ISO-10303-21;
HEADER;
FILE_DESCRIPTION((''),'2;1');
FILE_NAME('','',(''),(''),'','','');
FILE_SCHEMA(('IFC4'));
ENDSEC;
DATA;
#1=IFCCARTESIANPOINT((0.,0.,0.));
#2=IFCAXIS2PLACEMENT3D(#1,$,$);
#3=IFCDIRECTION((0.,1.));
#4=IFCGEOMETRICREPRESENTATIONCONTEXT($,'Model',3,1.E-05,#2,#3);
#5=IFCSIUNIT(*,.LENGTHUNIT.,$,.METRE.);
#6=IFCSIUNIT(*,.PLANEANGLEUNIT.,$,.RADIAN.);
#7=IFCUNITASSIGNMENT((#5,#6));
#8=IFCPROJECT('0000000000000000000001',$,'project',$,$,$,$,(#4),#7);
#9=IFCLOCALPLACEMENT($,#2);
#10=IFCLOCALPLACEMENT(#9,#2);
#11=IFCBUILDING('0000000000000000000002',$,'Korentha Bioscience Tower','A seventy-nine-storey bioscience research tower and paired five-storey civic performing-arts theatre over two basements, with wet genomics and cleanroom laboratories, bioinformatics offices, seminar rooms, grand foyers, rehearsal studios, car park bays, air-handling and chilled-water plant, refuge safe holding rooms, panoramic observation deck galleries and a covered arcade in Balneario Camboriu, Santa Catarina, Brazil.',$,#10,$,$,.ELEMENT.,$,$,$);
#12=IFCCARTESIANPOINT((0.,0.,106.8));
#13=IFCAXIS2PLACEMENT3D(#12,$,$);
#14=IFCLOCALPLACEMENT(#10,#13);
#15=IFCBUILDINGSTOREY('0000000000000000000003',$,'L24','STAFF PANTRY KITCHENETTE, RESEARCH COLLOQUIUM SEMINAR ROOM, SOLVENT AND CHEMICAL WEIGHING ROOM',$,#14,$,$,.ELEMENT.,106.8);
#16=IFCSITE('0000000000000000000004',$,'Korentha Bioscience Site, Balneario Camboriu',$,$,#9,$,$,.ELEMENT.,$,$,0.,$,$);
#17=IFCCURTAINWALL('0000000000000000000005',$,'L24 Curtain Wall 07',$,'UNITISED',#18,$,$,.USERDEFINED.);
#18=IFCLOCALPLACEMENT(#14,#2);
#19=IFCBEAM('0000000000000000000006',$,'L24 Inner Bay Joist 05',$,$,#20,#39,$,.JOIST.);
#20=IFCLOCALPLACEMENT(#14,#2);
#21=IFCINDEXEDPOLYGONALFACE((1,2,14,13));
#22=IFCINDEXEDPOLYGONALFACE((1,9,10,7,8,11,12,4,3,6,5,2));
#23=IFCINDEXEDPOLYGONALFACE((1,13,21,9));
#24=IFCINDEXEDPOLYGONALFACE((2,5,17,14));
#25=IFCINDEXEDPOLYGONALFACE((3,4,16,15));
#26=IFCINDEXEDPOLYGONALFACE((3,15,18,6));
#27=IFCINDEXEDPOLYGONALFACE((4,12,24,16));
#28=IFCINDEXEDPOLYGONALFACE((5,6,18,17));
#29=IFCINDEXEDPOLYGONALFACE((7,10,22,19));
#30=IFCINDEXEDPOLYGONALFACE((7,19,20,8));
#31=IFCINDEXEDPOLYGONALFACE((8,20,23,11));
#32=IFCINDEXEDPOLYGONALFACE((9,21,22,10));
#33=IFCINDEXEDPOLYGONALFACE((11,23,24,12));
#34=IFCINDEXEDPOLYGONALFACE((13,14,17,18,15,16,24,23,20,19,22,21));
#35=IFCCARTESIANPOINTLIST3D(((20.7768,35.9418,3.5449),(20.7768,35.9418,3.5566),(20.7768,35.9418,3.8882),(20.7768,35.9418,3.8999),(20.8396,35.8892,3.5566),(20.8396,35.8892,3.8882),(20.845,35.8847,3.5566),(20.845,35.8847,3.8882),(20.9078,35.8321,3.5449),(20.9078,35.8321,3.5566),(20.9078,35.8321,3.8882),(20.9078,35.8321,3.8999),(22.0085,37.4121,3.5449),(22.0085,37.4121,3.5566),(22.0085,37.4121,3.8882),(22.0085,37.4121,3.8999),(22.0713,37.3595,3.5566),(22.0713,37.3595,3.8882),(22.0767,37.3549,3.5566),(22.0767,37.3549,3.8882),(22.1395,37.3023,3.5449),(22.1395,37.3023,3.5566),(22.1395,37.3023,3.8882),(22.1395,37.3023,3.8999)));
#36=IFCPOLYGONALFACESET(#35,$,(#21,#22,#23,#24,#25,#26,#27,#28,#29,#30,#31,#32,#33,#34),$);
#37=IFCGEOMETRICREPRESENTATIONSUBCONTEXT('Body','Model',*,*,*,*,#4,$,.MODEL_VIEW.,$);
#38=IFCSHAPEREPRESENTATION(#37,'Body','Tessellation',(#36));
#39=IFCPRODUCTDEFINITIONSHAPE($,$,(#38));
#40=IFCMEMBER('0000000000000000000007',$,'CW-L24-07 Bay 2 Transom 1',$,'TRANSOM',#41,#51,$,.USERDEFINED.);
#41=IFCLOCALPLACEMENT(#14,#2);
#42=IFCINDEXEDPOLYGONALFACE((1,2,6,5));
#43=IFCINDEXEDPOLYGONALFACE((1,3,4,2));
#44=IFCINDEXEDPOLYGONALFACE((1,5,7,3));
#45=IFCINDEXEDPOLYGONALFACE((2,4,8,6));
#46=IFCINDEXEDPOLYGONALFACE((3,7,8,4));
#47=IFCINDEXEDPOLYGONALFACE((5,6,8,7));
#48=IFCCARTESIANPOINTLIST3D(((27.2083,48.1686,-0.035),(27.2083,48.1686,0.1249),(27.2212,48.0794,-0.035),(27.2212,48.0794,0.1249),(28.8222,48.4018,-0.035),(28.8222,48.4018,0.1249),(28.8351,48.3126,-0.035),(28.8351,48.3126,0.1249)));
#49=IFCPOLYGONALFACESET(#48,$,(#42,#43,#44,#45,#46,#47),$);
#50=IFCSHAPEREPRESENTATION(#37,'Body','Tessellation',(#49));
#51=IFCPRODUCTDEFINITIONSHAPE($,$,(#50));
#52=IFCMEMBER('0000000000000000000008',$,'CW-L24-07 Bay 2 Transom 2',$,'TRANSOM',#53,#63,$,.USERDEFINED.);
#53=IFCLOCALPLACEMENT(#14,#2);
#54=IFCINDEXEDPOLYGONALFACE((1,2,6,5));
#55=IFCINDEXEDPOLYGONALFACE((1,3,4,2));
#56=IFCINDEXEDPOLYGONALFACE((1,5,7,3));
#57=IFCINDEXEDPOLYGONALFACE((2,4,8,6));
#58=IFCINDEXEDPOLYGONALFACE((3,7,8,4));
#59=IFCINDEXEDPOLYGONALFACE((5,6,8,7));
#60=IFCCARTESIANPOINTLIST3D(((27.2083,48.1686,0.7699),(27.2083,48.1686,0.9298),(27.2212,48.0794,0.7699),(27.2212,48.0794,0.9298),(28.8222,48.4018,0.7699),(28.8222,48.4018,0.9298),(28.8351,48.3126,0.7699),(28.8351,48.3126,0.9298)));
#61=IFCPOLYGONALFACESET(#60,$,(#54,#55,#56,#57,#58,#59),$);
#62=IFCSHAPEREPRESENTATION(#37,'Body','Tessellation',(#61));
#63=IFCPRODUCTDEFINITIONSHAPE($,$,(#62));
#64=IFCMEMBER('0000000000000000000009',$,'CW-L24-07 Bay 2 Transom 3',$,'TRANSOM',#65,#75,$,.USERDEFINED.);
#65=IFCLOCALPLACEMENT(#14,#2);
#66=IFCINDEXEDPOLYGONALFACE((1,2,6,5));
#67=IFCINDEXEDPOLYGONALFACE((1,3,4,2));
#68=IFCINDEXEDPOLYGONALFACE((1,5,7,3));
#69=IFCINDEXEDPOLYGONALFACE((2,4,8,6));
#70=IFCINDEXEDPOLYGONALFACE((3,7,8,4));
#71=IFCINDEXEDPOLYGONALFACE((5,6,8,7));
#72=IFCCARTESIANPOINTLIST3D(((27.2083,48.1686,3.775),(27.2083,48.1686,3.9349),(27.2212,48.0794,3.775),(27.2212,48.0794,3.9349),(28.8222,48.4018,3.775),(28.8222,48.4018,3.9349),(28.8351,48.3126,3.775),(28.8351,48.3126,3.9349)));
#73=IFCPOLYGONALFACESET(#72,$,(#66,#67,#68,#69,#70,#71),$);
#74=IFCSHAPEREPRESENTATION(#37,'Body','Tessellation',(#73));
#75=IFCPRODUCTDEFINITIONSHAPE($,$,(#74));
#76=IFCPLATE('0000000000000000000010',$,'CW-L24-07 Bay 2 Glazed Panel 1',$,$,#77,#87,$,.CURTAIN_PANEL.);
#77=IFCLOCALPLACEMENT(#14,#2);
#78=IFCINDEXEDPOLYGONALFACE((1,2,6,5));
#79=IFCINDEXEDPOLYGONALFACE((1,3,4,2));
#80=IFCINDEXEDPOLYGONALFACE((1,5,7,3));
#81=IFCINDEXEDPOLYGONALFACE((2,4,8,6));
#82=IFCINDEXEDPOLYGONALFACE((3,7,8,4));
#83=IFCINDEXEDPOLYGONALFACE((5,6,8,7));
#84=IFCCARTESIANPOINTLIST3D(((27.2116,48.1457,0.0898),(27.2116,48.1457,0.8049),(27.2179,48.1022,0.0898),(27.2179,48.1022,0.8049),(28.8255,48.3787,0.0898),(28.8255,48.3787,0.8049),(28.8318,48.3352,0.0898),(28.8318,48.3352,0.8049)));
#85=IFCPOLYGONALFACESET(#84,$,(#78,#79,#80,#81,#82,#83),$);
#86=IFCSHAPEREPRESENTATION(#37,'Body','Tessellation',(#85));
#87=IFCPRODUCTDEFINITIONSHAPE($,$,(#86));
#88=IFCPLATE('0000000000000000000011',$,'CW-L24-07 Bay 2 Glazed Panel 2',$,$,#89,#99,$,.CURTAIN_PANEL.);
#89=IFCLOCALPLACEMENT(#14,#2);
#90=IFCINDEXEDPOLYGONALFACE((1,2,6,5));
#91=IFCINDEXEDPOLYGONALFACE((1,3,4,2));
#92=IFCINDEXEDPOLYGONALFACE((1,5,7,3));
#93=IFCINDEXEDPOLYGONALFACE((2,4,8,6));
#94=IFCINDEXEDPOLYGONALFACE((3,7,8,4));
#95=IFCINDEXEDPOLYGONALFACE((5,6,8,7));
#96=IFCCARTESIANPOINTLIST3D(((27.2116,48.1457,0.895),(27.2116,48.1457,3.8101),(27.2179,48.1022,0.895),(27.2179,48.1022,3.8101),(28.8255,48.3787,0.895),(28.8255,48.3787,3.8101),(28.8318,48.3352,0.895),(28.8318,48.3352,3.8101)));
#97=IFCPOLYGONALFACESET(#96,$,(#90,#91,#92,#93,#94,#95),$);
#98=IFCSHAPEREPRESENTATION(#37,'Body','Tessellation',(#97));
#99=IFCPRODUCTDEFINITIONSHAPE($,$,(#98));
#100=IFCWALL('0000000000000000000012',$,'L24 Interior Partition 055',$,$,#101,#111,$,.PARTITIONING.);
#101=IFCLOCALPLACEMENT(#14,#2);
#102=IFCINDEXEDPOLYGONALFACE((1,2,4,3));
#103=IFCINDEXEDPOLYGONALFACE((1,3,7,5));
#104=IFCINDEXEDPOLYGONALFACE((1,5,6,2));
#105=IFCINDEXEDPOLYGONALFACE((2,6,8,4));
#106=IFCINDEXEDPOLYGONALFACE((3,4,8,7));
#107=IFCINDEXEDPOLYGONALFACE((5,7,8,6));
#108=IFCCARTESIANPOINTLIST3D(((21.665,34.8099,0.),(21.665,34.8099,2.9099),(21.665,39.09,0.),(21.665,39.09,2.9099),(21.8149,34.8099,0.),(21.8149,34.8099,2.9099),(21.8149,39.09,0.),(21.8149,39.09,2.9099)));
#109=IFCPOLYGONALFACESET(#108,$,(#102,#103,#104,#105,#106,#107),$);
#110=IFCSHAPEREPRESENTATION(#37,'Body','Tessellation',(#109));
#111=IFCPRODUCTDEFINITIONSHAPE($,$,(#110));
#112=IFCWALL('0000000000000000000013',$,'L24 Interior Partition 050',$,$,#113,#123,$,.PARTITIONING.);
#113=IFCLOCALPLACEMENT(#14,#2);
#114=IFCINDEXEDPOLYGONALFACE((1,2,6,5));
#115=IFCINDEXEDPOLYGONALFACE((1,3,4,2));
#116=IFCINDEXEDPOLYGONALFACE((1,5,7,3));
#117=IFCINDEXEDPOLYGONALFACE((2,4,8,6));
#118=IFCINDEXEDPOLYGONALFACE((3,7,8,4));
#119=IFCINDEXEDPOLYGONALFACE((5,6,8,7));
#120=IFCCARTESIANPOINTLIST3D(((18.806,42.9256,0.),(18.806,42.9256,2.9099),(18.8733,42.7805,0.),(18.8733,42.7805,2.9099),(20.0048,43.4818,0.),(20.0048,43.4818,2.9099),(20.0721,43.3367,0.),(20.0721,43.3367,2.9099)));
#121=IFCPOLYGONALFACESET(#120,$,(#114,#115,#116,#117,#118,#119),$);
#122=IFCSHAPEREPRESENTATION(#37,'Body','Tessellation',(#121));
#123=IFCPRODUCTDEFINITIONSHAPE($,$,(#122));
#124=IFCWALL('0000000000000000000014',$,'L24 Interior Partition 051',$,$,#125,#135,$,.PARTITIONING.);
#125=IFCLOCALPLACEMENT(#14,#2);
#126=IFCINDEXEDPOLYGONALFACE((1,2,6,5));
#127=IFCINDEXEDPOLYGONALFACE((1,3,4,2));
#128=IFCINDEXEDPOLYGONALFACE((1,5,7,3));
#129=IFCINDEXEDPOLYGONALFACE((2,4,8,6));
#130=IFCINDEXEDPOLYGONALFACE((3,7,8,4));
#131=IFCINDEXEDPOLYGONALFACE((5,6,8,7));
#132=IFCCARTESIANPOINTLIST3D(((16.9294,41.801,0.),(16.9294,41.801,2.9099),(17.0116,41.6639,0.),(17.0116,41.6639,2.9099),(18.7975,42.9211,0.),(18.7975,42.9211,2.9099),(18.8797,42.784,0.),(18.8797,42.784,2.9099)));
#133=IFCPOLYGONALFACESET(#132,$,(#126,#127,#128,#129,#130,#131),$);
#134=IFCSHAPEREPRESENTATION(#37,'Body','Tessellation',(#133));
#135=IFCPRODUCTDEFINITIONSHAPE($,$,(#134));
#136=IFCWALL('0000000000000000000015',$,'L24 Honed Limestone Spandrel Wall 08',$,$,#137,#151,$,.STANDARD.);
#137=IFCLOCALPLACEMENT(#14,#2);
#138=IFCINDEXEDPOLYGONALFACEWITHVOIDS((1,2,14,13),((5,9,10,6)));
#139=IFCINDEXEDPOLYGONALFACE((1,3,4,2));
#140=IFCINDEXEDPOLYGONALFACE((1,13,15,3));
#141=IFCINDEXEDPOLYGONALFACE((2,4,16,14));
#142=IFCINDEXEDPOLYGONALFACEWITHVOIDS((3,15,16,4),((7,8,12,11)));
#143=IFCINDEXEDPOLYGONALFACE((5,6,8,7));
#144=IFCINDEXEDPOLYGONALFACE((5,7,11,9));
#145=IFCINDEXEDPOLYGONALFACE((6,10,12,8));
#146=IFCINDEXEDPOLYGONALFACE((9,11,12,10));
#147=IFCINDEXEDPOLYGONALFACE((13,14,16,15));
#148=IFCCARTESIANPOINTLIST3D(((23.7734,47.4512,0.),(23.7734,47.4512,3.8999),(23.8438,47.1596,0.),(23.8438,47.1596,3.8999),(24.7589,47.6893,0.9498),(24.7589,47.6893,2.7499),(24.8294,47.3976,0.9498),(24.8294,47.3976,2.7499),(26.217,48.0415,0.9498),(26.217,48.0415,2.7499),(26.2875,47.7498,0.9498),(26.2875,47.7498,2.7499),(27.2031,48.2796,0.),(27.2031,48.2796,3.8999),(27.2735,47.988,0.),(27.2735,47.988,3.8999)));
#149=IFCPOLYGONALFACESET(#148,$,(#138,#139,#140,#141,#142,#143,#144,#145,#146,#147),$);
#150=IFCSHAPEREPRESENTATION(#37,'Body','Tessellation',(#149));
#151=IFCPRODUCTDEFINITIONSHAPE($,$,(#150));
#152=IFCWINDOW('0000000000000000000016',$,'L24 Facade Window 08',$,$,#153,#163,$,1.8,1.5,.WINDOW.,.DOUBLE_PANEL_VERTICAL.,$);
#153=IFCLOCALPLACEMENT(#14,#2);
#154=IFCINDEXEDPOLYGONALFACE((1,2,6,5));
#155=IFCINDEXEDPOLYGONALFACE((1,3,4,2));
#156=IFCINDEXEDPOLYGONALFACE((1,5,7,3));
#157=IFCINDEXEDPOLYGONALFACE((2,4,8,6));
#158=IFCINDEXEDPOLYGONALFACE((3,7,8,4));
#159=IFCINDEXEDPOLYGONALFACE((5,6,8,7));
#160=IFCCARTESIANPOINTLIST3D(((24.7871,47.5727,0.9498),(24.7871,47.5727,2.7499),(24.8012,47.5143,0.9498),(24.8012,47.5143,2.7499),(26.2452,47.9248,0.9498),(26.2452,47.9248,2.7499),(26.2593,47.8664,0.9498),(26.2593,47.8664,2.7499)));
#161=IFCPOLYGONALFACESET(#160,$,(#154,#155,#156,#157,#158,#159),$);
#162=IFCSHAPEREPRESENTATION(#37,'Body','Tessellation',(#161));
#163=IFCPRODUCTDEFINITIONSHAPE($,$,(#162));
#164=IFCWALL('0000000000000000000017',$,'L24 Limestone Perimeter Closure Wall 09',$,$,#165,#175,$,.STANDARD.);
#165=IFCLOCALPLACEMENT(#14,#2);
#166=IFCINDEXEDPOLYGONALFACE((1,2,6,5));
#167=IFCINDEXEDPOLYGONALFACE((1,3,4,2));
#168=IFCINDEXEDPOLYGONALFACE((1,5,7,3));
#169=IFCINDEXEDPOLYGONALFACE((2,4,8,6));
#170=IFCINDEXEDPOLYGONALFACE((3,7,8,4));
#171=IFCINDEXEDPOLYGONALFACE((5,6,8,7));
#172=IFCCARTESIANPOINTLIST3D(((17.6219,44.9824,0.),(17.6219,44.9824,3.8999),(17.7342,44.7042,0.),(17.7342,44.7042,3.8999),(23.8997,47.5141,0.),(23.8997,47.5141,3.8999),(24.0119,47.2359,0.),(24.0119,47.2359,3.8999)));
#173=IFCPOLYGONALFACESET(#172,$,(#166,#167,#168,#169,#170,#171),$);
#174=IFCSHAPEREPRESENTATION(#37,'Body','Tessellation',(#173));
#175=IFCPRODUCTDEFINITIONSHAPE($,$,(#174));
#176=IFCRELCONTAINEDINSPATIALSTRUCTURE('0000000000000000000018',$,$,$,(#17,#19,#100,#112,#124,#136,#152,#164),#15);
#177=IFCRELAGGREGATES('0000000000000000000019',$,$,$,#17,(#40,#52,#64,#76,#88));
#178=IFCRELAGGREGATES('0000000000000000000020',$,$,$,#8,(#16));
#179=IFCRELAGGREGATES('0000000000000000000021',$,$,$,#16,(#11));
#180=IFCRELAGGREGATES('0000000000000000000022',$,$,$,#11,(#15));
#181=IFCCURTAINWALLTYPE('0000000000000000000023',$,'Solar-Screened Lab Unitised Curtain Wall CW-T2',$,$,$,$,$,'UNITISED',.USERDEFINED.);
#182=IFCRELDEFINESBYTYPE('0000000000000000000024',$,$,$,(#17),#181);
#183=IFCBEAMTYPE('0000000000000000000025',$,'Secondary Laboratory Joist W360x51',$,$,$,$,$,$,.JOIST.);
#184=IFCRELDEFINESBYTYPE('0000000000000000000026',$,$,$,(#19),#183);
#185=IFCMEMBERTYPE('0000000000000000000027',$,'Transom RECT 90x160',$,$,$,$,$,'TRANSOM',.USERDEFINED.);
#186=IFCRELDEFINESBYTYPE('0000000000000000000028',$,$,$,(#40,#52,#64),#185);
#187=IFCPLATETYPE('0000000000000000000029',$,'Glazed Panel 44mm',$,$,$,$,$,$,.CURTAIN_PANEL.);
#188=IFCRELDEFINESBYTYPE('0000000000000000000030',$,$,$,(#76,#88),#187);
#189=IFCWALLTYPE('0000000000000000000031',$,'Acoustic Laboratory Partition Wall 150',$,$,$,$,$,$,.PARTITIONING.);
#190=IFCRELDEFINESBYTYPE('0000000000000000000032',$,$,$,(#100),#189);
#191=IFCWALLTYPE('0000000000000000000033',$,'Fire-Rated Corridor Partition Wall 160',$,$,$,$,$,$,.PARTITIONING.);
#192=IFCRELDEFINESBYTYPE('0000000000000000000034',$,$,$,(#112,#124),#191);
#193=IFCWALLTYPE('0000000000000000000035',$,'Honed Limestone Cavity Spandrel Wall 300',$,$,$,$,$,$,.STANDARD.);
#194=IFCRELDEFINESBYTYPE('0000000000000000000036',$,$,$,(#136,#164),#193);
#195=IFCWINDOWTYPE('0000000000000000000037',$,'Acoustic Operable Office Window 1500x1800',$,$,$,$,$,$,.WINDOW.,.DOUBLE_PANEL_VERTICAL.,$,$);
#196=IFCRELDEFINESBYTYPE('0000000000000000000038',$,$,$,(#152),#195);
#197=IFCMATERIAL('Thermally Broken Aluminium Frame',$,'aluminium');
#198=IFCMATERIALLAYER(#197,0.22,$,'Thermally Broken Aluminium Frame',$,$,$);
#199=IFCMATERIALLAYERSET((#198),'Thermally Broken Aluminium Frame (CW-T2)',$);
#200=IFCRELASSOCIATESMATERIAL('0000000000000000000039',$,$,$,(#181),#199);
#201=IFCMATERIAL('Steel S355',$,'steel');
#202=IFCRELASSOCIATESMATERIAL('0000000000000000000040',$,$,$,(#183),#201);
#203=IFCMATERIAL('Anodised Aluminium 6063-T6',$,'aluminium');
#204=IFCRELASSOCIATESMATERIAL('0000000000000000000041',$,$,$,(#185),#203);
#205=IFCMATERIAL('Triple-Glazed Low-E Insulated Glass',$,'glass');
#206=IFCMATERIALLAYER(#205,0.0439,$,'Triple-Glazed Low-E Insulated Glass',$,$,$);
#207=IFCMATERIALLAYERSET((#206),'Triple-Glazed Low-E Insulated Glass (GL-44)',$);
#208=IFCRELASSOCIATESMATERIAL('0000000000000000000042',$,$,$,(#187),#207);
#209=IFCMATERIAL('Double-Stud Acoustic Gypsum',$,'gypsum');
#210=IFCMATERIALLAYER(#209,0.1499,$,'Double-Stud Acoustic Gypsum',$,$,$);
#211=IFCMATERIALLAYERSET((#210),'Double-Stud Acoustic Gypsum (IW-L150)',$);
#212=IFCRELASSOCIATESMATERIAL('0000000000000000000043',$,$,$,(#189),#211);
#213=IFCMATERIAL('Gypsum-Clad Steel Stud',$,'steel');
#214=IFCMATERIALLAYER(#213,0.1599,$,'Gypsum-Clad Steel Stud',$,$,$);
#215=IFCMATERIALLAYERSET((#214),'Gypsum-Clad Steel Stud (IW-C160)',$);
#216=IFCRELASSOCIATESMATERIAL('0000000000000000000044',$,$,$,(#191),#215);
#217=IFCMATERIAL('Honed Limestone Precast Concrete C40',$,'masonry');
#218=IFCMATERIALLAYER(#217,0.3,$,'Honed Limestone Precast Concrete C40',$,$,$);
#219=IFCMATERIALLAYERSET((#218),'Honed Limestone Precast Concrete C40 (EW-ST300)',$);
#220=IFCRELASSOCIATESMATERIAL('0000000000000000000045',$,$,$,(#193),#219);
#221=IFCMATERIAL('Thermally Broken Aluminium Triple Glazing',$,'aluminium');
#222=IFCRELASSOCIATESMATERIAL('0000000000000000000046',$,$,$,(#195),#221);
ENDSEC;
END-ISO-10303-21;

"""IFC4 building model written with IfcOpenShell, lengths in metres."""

from ifc_helpers import new_model, si_unit, direction, frame, frame_2d, origin, origin_2d, place, context, subcontext, project, spatial, rectangle, i_section, extrude, material, layer, layer_set, material_profile, profile_set, type_object, element, fill, aggregate, save


model = new_model("IFC4")

# Units and contexts
model_context = context("Model", 3, precision=1e-05, world=origin(), true_north=direction((0.0, 1.0)))
body_context = subcontext(model_context, "Body", "Model", "MODEL_VIEW")
ifc_project = project(units=[si_unit("LENGTHUNIT", "METRE"), si_unit("PLANEANGLEUNIT", "RADIAN")], contexts=[model_context])

# Site, building, storey
site_placement = place(None, origin())
site = spatial("IfcSite", under=ifc_project, at=site_placement, Name="Korentha Bioscience Site, Balneario Camboriu", CompositionType="ELEMENT", RefElevation=0.0)
building_placement = place(site_placement, origin())
building = spatial("IfcBuilding", under=site, at=building_placement, Name="Korentha Bioscience Tower", Description="A seventy-nine-storey bioscience research tower and paired five-storey civic performing-arts theatre over two basements, with wet genomics and cleanroom laboratories, bioinformatics offices, seminar rooms, grand foyers, rehearsal studios, car park bays, air-handling and chilled-water plant, refuge safe holding rooms, panoramic observation deck galleries and a covered arcade in Balneario Camboriu, Santa Catarina, Brazil.", CompositionType="ELEMENT")
storey_placement = place(building_placement, frame((0.0, 0.0, 106.8)))
storey = spatial("IfcBuildingStorey", under=building, at=storey_placement, Name="L24", Description="STAFF PANTRY KITCHENETTE, RESEARCH COLLOQUIUM SEMINAR ROOM, SOLVENT AND CHEMICAL WEIGHING ROOM", CompositionType="ELEMENT", Elevation=106.8)

# Shared definitions
ifc_material_1 = material(Name="Steel S355", Category="steel")

# Curtain wall
ifc_material_2 = material(Name="Thermally Broken Aluminium Frame", Category="aluminium")
ifc_layer_1 = layer(ifc_material_2, 0.22, Name="Thermally Broken Aluminium Frame")
ifc_layer_set_1 = layer_set([ifc_layer_1], Name="Thermally Broken Aluminium Frame (CW-T2)")
curtain_wall_type = type_object("IfcCurtainWallType", Name="Solar-Screened Lab Unitised Curtain Wall CW-T2", ElementType="UNITISED", PredefinedType="USERDEFINED", material=ifc_layer_set_1)
curtain_wall_placement = place(storey_placement, origin())
curtain_wall = element("IfcCurtainWall", 1, at=curtain_wall_placement, inside=storey, type_object=curtain_wall_type, Name="L24 Curtain Wall 07", ObjectType="UNITISED", PredefinedType="USERDEFINED")
ifc_material_3 = material(Name="Anodised Aluminium 6063-T6", Category="aluminium")

# Beam
ifc_material_profile_1 = material_profile(ifc_material_1, i_section(OverallWidth=0.1709, OverallDepth=0.355, WebThickness=0.0071, FlangeThickness=0.0117, at=origin_2d()), Name="Steel S355")
ifc_profile_set_1 = profile_set([ifc_material_profile_1], Name="Steel S355 (JB-360)")
beam_type_1 = type_object("IfcBeamType", Name="Secondary Laboratory Joist W360x51", PredefinedType="JOIST", material=ifc_profile_set_1)
beam_1_placement = place(storey_placement, frame((22.074, 37.3572, 3.7224), z_axis=(-0.642185, -0.766549, 0.0), x_axis=(0.766549, -0.642185, 0.0)))
element("IfcBeam", 2, at=beam_1_placement, inside=storey, type_object=beam_type_1, Name="L24 Inner Bay Joist 05", PredefinedType="JOIST", context=body_context, shape_type="SweptSolid", body=[
    extrude(i_section(OverallWidth=0.1709, OverallDepth=0.355, WebThickness=0.0071, FlangeThickness=0.0117, at=origin_2d()), origin(), (0.0, 0.0, 1.0), 1.918),
])

# Members
ifc_material_profile_2 = material_profile(ifc_material_3, rectangle(XDim=0.0901, YDim=0.1599, at=origin_2d()), Name="Anodised Aluminium 6063-T6")
ifc_profile_set_2 = profile_set([ifc_material_profile_2], Name="Anodised Aluminium 6063-T6 (CW-TRN)")
member_type_1 = type_object("IfcMemberType", Name="Transom RECT 90x160", ElementType="TRANSOM", PredefinedType="USERDEFINED", material=ifc_profile_set_2)
member_1_placement = place(storey_placement, frame((28.8286, 48.3572, 0.0449), z_axis=(-0.989724, -0.142993, 0.0), x_axis=(0.142993, -0.989724, 0.0)))
member_1 = element("IfcMember", 3, at=member_1_placement, type_object=member_type_1, Name="CW-L24-07 Bay 2 Transom 1", ObjectType="TRANSOM", PredefinedType="USERDEFINED", context=body_context, shape_type="SweptSolid", body=[
    extrude(rectangle(XDim=0.0901, YDim=0.1599, at=origin_2d()), origin(), (0.0, 0.0, 1.0), 1.6306),
])
member_2_placement = place(storey_placement, frame((28.8286, 48.3572, 0.8499), z_axis=(-0.989724, -0.142993, 0.0), x_axis=(0.142993, -0.989724, 0.0)))
member_2 = element("IfcMember", 4, at=member_2_placement, type_object=member_type_1, Name="CW-L24-07 Bay 2 Transom 2", ObjectType="TRANSOM", PredefinedType="USERDEFINED", context=body_context, shape_type="SweptSolid", body=[
    extrude(rectangle(XDim=0.0901, YDim=0.1599, at=origin_2d()), origin(), (0.0, 0.0, 1.0), 1.6306),
])
member_3_placement = place(storey_placement, frame((28.8286, 48.3572, 3.855), z_axis=(-0.989724, -0.142993, 0.0), x_axis=(0.142993, -0.989724, 0.0)))
member_3 = element("IfcMember", 5, at=member_3_placement, type_object=member_type_1, Name="CW-L24-07 Bay 2 Transom 3", ObjectType="TRANSOM", PredefinedType="USERDEFINED", context=body_context, shape_type="SweptSolid", body=[
    extrude(rectangle(XDim=0.0901, YDim=0.1599, at=origin_2d()), origin(), (0.0, 0.0, 1.0), 1.6306),
])

# Plates
ifc_material_4 = material(Name="Triple-Glazed Low-E Insulated Glass", Category="glass")
ifc_layer_2 = layer(ifc_material_4, 0.0439, Name="Triple-Glazed Low-E Insulated Glass")
ifc_layer_set_2 = layer_set([ifc_layer_2], Name="Triple-Glazed Low-E Insulated Glass (GL-44)")
plate_type = type_object("IfcPlateType", Name="Glazed Panel 44mm", PredefinedType="CURTAIN_PANEL", material=ifc_layer_set_2)
plate_1_placement = place(storey_placement, frame((28.0217, 48.2405, 0.0898), z_axis=(0.0, 0.0, 1.0), x_axis=(-0.989738, -0.142892, 0.0)))
plate_1 = element("IfcPlate", 6, at=plate_1_placement, type_object=plate_type, Name="CW-L24-07 Bay 2 Glazed Panel 1", PredefinedType="CURTAIN_PANEL", context=body_context, shape_type="SweptSolid", body=[
    extrude(rectangle(XDim=1.6306, YDim=0.0439, at=origin_2d()), origin(), (0.0, 0.0, 1.0), 0.7151),
])
plate_2_placement = place(storey_placement, frame((28.0217, 48.2405, 0.895), z_axis=(0.0, 0.0, 1.0), x_axis=(-0.989738, -0.142892, 0.0)))
plate_2 = element("IfcPlate", 7, at=plate_2_placement, type_object=plate_type, Name="CW-L24-07 Bay 2 Glazed Panel 2", PredefinedType="CURTAIN_PANEL", context=body_context, shape_type="SweptSolid", body=[
    extrude(rectangle(XDim=1.6306, YDim=0.0439, at=origin_2d()), origin(), (0.0, 0.0, 1.0), 2.915),
])
aggregate(curtain_wall, [member_1, member_2, member_3, plate_1, plate_2])

# Walls
ifc_material_5 = material(Name="Double-Stud Acoustic Gypsum", Category="gypsum")
ifc_layer_3 = layer(ifc_material_5, 0.1499, Name="Double-Stud Acoustic Gypsum")
ifc_layer_set_3 = layer_set([ifc_layer_3], Name="Double-Stud Acoustic Gypsum (IW-L150)")
wall_type_1 = type_object("IfcWallType", Name="Acoustic Laboratory Partition Wall 150", PredefinedType="PARTITIONING", material=ifc_layer_set_3)
wall_1_placement = place(storey_placement, frame((21.74, 39.0901, 0.0), z_axis=(0.0, 0.0, 1.0), x_axis=(0.0, -1.0, 0.0)))
element("IfcWall", 8, at=wall_1_placement, inside=storey, type_object=wall_type_1, Name="L24 Interior Partition 055", PredefinedType="PARTITIONING", context=body_context, shape_type="SweptSolid", body=[
    extrude(rectangle(XDim=4.28, YDim=0.1499, at=frame_2d((2.1401, 0.0))), origin(), (0.0, 0.0, 1.0), 2.9099),
])
ifc_material_6 = material(Name="Gypsum-Clad Steel Stud", Category="steel")
ifc_layer_4 = layer(ifc_material_6, 0.1599, Name="Gypsum-Clad Steel Stud")
ifc_layer_set_4 = layer_set([ifc_layer_4], Name="Gypsum-Clad Steel Stud (IW-C160)")
wall_type_2 = type_object("IfcWallType", Name="Fire-Rated Corridor Partition Wall 160", PredefinedType="PARTITIONING", material=ifc_layer_set_4)
wall_2_placement = place(storey_placement, frame((20.0383, 43.4092, 0.0), z_axis=(0.0, 0.0, 1.0), x_axis=(-0.907125, -0.420862, 0.0)))
element("IfcWall", 9, at=wall_2_placement, inside=storey, type_object=wall_type_2, Name="L24 Interior Partition 050", PredefinedType="PARTITIONING", context=body_context, shape_type="SweptSolid", body=[
    extrude(rectangle(XDim=1.3215, YDim=0.1599, at=frame_2d((0.6606, 0.0))), origin(), (0.0, 0.0, 1.0), 2.9099),
])
wall_3_placement = place(storey_placement, frame((18.8386, 42.8525, 0.0), z_axis=(0.0, 0.0, 1.0), x_axis=(-0.857651, -0.514232, 0.0)))
element("IfcWall", 10, at=wall_3_placement, inside=storey, type_object=wall_type_2, Name="L24 Interior Partition 051", PredefinedType="PARTITIONING", context=body_context, shape_type="SweptSolid", body=[
    extrude(rectangle(XDim=2.1782, YDim=0.1599, at=frame_2d((1.0891, 0.0))), origin(), (0.0, 0.0, 1.0), 2.9099),
])

# Wall, opening, window
ifc_material_7 = material(Name="Honed Limestone Precast Concrete C40", Category="masonry")
ifc_layer_5 = layer(ifc_material_7, 0.3, Name="Honed Limestone Precast Concrete C40")
ifc_layer_set_5 = layer_set([ifc_layer_5], Name="Honed Limestone Precast Concrete C40 (EW-ST300)")
wall_type_3 = type_object("IfcWallType", Name="Honed Limestone Cavity Spandrel Wall 300", PredefinedType="STANDARD", material=ifc_layer_set_5)
wall_4_placement = place(storey_placement, frame((27.2383, 48.1338, 0.0), z_axis=(0.0, 0.0, 1.0), x_axis=(-0.972049, -0.234778, 0.0)))
wall_4 = element("IfcWall", 11, at=wall_4_placement, inside=storey, type_object=wall_type_3, Name="L24 Honed Limestone Spandrel Wall 08", PredefinedType="STANDARD", context=body_context, shape_type="SweptSolid", body=[
    extrude(rectangle(XDim=3.5283, YDim=0.3, at=frame_2d((1.7642, 0.0))), origin(), (0.0, 0.0, 1.0), 3.8999),
])
opening_1_placement = place(wall_4_placement, frame((1.0144, 0.0, 0.95)))
opening_1 = element("IfcOpeningElement", 12, at=opening_1_placement, cuts=wall_4, PredefinedType="OPENING", context=body_context, shape_type="SweptSolid", body=[
    extrude(rectangle(XDim=1.5, YDim=1.8, at=frame_2d((0.75, 0.8999))), frame((0.0, 0.165, 0.0), z_axis=(0.0, -1.0, 0.0), x_axis=(1.0, 0.0, 0.0)), (0.0, 0.0, 1.0), 0.3298),
])
ifc_material_8 = material(Name="Thermally Broken Aluminium Triple Glazing", Category="aluminium")
window_type = type_object("IfcWindowType", Name="Acoustic Operable Office Window 1500x1800", PartitioningType="DOUBLE_PANEL_VERTICAL", PredefinedType="WINDOW", material=ifc_material_8)
window_placement = place(opening_1_placement, origin())
window = element("IfcWindow", 13, at=window_placement, inside=storey, type_object=window_type, Name="L24 Facade Window 08", OverallHeight=1.8, OverallWidth=1.5, PartitioningType="DOUBLE_PANEL_VERTICAL", PredefinedType="WINDOW", context=body_context, shape_type="SweptSolid", body=[
    extrude(rectangle(XDim=1.5, YDim=1.8, at=frame_2d((0.75, 0.8999))), frame((0.0, 0.03, 0.0), z_axis=(0.0, -1.0, 0.0), x_axis=(1.0, 0.0, 0.0)), (0.0, 0.0, 1.0), 0.0601),
])
fill(opening_1, window)

# Wall
wall_5_placement = place(storey_placement, frame((23.9558, 47.375, 0.0), z_axis=(0.0, 0.0, 1.0), x_axis=(-0.927423, -0.374013, 0.0)))
element("IfcWall", 14, at=wall_5_placement, inside=storey, type_object=wall_type_3, Name="L24 Limestone Perimeter Closure Wall 09", PredefinedType="STANDARD", context=body_context, shape_type="SweptSolid", body=[
    extrude(rectangle(XDim=6.769, YDim=0.3, at=frame_2d((3.3845, 0.0))), origin(), (0.0, 0.0, 1.0), 3.8999),
])

save(model, "model.ifc")
